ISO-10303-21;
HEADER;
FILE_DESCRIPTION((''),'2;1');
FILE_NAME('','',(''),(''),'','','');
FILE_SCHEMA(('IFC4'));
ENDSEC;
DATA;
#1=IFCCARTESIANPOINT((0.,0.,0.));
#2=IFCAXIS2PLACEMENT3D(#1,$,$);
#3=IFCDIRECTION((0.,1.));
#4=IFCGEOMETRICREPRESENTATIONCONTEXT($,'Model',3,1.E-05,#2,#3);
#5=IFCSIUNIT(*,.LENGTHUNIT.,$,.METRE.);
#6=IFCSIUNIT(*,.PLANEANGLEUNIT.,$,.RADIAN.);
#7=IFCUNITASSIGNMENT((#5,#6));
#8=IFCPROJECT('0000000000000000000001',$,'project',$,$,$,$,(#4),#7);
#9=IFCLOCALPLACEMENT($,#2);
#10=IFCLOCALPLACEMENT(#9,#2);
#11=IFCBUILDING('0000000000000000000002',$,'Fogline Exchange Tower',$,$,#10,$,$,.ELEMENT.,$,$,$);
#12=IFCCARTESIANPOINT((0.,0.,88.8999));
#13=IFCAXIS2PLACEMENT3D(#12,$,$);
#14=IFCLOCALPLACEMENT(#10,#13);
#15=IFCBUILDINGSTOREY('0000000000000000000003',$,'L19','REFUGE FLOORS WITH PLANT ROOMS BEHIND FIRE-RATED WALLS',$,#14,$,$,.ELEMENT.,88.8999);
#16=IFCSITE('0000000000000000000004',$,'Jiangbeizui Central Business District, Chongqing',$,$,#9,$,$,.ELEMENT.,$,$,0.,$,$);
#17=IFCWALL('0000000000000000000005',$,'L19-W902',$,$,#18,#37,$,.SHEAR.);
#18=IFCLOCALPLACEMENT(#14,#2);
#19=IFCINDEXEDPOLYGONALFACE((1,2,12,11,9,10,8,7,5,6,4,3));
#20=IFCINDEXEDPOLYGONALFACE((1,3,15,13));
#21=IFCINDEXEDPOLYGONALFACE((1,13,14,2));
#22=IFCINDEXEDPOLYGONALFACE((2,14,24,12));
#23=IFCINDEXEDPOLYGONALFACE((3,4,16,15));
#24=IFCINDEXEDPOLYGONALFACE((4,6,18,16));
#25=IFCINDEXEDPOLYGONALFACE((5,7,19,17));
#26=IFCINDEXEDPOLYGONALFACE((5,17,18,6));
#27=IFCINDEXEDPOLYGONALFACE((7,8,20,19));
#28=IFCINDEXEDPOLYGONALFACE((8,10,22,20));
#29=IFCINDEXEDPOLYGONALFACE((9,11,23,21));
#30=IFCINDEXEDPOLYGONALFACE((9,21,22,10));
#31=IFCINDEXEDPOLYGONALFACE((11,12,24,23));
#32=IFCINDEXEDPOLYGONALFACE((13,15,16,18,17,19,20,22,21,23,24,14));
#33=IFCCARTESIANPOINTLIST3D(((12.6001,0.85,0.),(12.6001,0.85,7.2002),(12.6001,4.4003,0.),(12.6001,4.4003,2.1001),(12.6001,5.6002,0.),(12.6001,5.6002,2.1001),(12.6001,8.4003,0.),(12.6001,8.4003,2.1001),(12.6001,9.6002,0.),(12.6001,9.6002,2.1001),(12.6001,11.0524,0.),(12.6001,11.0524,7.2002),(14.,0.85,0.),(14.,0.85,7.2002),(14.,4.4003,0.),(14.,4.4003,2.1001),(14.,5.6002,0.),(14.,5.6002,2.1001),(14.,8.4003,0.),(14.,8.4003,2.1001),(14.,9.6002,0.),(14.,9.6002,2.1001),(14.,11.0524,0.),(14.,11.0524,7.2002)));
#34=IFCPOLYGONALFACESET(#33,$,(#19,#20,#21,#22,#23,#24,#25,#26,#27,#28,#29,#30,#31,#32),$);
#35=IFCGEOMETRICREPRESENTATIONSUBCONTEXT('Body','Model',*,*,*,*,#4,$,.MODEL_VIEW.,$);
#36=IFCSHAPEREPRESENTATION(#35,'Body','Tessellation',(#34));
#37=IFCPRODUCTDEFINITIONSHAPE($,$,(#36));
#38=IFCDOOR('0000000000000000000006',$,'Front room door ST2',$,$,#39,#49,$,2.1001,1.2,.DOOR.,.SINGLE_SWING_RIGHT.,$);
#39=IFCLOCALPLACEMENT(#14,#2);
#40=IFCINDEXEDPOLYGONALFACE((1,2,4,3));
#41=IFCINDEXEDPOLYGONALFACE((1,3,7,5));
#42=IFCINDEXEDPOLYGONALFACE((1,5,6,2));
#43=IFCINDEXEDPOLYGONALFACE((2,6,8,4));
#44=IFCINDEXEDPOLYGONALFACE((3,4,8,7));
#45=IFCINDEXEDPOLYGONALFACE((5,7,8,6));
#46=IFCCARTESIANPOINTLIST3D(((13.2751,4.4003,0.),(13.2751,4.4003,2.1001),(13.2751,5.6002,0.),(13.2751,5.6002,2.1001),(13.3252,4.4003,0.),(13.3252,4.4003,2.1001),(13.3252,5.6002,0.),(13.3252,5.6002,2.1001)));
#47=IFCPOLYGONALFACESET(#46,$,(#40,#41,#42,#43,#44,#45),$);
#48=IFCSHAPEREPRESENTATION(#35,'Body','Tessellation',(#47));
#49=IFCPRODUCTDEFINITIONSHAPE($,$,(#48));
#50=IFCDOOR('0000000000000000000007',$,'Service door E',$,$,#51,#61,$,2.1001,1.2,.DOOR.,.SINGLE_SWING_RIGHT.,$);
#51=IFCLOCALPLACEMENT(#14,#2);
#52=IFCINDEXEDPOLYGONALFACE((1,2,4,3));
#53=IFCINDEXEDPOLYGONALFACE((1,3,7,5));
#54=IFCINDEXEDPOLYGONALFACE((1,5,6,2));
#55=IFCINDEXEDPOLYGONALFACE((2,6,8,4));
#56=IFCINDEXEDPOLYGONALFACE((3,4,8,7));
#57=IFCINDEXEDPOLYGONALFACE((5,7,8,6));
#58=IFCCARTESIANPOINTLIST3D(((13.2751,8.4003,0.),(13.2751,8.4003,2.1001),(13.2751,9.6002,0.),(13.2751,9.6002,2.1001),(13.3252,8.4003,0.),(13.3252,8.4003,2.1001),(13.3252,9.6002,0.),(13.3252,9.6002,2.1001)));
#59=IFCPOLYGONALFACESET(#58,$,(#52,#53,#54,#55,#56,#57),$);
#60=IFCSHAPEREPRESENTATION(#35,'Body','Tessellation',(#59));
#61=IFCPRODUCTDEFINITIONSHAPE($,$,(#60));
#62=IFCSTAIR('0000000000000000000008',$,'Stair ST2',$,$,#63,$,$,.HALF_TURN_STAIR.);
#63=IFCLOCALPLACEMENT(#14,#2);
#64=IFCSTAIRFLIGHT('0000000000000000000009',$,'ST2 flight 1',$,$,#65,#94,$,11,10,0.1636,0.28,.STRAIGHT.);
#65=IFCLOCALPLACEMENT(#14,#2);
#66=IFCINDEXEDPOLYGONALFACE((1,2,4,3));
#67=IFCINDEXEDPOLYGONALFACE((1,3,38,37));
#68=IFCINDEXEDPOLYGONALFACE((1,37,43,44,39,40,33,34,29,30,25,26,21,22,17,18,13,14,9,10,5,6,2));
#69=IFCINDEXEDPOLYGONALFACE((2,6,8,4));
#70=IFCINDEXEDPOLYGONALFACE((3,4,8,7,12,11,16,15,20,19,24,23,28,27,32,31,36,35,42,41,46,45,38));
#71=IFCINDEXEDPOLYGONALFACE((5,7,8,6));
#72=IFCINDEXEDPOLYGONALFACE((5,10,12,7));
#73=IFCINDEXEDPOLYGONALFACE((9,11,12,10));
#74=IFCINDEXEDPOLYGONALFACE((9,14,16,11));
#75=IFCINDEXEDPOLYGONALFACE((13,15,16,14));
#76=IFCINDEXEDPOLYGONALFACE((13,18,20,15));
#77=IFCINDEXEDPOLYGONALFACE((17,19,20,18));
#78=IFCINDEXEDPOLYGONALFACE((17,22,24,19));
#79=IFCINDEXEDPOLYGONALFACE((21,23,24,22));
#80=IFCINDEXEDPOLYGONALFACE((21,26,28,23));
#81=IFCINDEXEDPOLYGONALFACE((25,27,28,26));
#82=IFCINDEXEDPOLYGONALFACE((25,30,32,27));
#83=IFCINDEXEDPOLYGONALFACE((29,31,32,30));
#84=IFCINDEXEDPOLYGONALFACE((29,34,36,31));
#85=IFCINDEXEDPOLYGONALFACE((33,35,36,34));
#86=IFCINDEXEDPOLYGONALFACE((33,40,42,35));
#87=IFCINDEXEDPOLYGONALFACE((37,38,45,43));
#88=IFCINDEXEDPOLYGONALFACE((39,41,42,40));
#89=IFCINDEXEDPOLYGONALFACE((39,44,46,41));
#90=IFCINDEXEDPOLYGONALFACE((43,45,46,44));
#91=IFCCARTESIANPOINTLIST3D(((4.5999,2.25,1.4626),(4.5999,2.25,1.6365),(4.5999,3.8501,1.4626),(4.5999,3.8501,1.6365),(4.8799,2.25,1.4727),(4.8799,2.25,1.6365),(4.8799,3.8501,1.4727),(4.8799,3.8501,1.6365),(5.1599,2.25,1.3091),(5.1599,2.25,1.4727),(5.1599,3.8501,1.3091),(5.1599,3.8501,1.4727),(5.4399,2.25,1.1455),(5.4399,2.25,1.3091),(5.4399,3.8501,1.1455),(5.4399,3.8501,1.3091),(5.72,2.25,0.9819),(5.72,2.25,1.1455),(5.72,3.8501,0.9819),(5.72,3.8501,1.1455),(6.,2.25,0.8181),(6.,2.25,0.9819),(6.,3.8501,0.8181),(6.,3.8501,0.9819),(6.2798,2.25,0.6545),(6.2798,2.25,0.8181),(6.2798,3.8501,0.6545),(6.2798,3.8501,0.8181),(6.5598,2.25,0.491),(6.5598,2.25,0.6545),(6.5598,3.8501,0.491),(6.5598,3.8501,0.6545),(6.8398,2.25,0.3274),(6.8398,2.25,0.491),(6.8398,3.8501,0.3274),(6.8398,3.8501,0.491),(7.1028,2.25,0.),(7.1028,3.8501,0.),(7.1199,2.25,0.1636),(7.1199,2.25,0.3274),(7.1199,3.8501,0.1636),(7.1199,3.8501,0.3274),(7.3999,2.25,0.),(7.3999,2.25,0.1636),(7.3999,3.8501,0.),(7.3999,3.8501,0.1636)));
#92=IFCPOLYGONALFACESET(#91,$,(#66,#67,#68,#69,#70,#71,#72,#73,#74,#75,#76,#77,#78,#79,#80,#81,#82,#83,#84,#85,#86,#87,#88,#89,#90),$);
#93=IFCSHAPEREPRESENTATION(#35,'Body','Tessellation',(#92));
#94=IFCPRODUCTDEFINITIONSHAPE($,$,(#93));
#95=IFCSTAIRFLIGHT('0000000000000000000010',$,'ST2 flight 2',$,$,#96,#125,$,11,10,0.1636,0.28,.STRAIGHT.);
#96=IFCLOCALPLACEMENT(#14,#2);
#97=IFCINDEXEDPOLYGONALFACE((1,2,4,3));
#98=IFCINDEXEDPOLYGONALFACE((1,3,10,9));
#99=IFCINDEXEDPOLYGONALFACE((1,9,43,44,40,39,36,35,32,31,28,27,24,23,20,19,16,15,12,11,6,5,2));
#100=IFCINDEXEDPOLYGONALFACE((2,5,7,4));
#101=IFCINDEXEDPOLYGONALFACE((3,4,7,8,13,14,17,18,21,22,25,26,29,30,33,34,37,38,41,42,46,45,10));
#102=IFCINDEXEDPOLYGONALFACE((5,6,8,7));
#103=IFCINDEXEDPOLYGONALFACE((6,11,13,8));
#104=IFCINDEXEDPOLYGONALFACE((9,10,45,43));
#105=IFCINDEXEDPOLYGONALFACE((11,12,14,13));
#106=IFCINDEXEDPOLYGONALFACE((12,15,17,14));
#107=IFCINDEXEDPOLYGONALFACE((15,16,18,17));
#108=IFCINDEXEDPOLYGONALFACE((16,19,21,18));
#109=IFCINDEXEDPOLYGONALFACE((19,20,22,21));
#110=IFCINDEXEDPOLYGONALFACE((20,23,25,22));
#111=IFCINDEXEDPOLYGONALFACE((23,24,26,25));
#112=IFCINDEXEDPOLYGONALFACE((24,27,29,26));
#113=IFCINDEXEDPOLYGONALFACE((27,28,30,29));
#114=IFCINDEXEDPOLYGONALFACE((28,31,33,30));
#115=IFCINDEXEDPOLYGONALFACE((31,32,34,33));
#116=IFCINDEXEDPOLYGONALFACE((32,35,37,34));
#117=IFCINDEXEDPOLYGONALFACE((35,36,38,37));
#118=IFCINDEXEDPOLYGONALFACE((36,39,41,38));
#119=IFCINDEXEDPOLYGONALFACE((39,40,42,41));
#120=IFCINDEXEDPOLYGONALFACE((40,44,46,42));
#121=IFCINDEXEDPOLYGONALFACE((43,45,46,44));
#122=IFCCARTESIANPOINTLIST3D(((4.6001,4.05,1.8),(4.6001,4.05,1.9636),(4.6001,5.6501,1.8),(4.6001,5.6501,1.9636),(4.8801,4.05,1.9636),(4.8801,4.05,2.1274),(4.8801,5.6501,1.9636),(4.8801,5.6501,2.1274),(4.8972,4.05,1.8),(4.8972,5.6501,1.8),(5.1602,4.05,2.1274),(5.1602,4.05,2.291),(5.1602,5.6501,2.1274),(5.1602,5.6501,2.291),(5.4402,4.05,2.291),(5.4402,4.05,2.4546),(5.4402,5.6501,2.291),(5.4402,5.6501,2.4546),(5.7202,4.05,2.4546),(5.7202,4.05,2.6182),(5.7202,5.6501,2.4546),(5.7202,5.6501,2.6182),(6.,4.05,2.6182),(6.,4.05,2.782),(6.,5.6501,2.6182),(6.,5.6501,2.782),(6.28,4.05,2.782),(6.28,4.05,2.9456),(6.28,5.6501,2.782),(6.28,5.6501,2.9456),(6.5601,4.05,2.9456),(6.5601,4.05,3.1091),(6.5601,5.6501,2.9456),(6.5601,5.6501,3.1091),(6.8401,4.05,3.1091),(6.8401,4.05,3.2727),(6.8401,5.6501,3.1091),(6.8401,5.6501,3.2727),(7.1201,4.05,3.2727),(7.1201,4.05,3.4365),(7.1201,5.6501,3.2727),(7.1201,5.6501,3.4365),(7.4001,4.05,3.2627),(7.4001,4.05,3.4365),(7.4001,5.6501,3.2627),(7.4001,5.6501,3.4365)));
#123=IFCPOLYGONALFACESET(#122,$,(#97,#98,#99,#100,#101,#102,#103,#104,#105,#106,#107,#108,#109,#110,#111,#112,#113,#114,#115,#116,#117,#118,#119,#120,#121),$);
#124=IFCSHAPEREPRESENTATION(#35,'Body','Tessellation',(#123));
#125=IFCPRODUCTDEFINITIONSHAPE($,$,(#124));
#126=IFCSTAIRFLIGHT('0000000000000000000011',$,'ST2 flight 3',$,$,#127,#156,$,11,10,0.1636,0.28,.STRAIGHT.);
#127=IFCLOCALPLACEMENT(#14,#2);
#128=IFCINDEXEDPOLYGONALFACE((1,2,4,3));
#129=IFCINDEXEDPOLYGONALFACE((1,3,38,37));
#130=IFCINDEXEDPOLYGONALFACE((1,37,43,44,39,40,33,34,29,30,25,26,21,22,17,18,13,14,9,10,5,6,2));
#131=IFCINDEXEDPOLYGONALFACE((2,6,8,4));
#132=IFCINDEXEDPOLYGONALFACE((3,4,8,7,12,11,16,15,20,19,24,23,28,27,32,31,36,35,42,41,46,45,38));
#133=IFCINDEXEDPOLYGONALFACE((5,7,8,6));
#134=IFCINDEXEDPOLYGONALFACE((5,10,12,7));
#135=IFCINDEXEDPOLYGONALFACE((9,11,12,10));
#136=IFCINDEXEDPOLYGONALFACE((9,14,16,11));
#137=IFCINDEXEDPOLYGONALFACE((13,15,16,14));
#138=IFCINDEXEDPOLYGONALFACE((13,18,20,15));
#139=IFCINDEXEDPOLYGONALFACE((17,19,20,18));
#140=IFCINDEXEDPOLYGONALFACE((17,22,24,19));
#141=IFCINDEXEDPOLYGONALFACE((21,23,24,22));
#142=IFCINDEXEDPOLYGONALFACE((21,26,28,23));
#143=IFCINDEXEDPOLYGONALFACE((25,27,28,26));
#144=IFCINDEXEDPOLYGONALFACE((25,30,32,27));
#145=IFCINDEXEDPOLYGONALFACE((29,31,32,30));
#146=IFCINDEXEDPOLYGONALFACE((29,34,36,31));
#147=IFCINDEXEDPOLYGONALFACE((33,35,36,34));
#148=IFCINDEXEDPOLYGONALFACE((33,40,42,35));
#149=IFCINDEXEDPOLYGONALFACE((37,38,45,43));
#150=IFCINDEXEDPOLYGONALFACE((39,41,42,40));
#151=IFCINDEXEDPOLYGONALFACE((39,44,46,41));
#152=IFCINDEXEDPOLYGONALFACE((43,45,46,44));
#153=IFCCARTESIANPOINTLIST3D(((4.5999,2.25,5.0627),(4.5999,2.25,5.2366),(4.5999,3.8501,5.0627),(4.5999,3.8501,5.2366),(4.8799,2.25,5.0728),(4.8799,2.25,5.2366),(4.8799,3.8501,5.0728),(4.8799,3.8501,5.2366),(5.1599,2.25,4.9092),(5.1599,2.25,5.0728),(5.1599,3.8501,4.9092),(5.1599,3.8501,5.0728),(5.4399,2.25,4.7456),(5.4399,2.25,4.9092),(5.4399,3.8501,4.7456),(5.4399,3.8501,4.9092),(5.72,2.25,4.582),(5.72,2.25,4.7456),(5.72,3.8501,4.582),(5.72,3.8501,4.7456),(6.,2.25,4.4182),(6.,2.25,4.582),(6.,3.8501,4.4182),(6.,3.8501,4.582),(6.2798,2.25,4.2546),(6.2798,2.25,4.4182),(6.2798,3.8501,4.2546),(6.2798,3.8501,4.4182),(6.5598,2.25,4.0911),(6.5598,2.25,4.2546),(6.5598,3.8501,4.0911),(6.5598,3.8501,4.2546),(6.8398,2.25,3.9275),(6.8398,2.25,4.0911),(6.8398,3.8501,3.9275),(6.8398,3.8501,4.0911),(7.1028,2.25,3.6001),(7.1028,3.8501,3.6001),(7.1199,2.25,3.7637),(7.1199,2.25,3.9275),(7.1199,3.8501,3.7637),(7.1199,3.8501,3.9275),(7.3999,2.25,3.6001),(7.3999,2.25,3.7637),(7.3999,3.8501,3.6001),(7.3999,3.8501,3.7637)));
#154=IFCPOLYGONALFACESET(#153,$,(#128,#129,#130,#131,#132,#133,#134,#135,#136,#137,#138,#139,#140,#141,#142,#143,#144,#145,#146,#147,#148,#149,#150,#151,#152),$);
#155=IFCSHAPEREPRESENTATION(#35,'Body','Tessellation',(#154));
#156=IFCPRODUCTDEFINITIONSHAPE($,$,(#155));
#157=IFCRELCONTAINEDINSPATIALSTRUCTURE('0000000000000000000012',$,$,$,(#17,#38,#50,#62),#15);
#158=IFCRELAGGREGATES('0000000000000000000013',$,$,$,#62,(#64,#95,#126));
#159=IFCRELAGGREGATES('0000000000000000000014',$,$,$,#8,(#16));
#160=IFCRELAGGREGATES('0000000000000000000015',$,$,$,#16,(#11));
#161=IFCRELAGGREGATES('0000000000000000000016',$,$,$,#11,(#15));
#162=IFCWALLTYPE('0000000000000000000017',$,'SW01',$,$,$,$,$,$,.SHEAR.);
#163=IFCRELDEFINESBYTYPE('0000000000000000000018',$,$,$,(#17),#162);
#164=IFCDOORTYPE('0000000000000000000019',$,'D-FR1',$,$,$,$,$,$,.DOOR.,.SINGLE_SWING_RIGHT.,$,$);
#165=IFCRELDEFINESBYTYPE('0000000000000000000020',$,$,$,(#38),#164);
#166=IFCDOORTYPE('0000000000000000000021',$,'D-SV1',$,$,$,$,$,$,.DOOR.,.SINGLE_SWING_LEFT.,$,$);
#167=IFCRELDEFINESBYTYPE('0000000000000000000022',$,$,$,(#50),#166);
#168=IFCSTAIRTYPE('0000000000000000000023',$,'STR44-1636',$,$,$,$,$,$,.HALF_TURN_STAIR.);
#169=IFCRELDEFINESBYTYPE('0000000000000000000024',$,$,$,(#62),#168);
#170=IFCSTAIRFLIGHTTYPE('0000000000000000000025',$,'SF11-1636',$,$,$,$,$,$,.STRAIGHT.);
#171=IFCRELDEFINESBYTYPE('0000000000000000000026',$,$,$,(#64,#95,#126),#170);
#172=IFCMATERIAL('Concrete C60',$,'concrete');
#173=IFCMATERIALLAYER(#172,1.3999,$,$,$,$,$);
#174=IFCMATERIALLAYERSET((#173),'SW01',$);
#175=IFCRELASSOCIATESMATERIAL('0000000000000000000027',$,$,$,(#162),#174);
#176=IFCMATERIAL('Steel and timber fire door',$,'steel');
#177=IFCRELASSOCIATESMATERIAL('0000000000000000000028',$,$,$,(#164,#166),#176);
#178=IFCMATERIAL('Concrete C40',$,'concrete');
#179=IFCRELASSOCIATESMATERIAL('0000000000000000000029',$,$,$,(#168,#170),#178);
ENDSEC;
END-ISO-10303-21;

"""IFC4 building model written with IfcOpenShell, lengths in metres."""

from ifc_helpers import new_model, si_unit, direction, frame, frame_2d, origin, place, context, subcontext, project, spatial, polyline, rectangle, outline, extrude, material, layer, layer_set, type_object, element, fill, aggregate, save


model = new_model("IFC4")

# Units and contexts
model_context = context("Model", 3, precision=1e-05, world=origin(), true_north=direction((0.0, 1.0)))
body_context = subcontext(model_context, "Body", "Model", "MODEL_VIEW")
ifc_project = project(units=[si_unit("LENGTHUNIT", "METRE"), si_unit("PLANEANGLEUNIT", "RADIAN")], contexts=[model_context])

# Site, building, storey
site_placement = place(None, origin())
site = spatial("IfcSite", under=ifc_project, at=site_placement, Name="Jiangbeizui Central Business District, Chongqing", CompositionType="ELEMENT", RefElevation=0.0)
building_placement = place(site_placement, origin())
building = spatial("IfcBuilding", under=site, at=building_placement, Name="Fogline Exchange Tower", CompositionType="ELEMENT")
storey_placement = place(building_placement, frame((0.0, 0.0, 88.8999)))
storey = spatial("IfcBuildingStorey", under=building, at=storey_placement, Name="L19", Description="REFUGE FLOORS WITH PLANT ROOMS BEHIND FIRE-RATED WALLS", CompositionType="ELEMENT", Elevation=88.8999)

# Shared definitions
ifc_material_1 = material(Name="Steel and timber fire door", Category="steel")

# Shared definitions
ifc_material_2 = material(Name="Concrete C60", Category="concrete")
ifc_material_3 = material(Name="Concrete C40", Category="concrete")

# Wall, openings, doors
ifc_layer_1 = layer(ifc_material_2, 1.3999)
ifc_layer_set_1 = layer_set([ifc_layer_1], Name="SW01")
wall_type_1 = type_object("IfcWallType", Name="SW01", PredefinedType="SHEAR", material=ifc_layer_set_1)
wall_1_placement = place(storey_placement, frame((13.3, 0.8501, 0.0), z_axis=(0.0, 0.0, 1.0), x_axis=(0.0, 1.0, 0.0)))
wall_1 = element("IfcWall", 1, at=wall_1_placement, inside=storey, type_object=wall_type_1, Name="L19-W902", PredefinedType="SHEAR", context=body_context, shape_type="SweptSolid", body=[
    extrude(rectangle(XDim=10.2024, YDim=1.3999, at=frame_2d((5.1011, 0.0))), origin(), (0.0, 0.0, 1.0), 7.2002),
])
opening_1_placement = place(wall_1_placement, frame((3.55, 0.0, 0.0)))
opening_1 = element("IfcOpeningElement", 2, at=opening_1_placement, cuts=wall_1, PredefinedType="OPENING", context=body_context, shape_type="SweptSolid", body=[
    extrude(rectangle(XDim=1.2, YDim=2.1001, at=frame_2d((0.6001, 1.05))), frame((0.0, 0.71, 0.0), z_axis=(0.0, -1.0, 0.0), x_axis=(1.0, 0.0, 0.0)), (0.0, 0.0, 1.0), 1.4199),
])
opening_2_placement = place(wall_1_placement, frame((7.55, 0.0, 0.0)))
opening_2 = element("IfcOpeningElement", 3, at=opening_2_placement, cuts=wall_1, PredefinedType="OPENING", context=body_context, shape_type="SweptSolid", body=[
    extrude(rectangle(XDim=1.2, YDim=2.1001, at=frame_2d((0.6001, 1.05))), frame((0.0, 0.71, 0.0), z_axis=(0.0, -1.0, 0.0), x_axis=(1.0, 0.0, 0.0)), (0.0, 0.0, 1.0), 1.4199),
])
door_type_1 = type_object("IfcDoorType", Name="D-FR1", OperationType="SINGLE_SWING_RIGHT", PredefinedType="DOOR", material=ifc_material_1)
door_1_placement = place(opening_1_placement, origin())
door_1 = element("IfcDoor", 4, at=door_1_placement, inside=storey, type_object=door_type_1, Name="Front room door ST2", OperationType="SINGLE_SWING_RIGHT", OverallHeight=2.1001, OverallWidth=1.2, PredefinedType="DOOR", context=body_context, shape_type="SweptSolid", body=[
    extrude(rectangle(XDim=1.2, YDim=2.1001, at=frame_2d((0.6001, 1.05))), frame((0.0, 0.0249, 0.0), z_axis=(0.0, -1.0, 0.0), x_axis=(1.0, 0.0, 0.0)), (0.0, 0.0, 1.0), 0.05),
])
fill(opening_1, door_1)
door_type_2 = type_object("IfcDoorType", Name="D-SV1", OperationType="SINGLE_SWING_LEFT", PredefinedType="DOOR", material=ifc_material_1)
door_2_placement = place(opening_2_placement, origin())
door_2 = element("IfcDoor", 5, at=door_2_placement, inside=storey, type_object=door_type_2, Name="Service door E", OperationType="SINGLE_SWING_RIGHT", OverallHeight=2.1001, OverallWidth=1.2, PredefinedType="DOOR", context=body_context, shape_type="SweptSolid", body=[
    extrude(rectangle(XDim=1.2, YDim=2.1001, at=frame_2d((0.6001, 1.05))), frame((0.0, 0.0249, 0.0), z_axis=(0.0, -1.0, 0.0), x_axis=(1.0, 0.0, 0.0)), (0.0, 0.0, 1.0), 0.05),
])
fill(opening_2, door_2)

# Stair, stair flights
stair_type = type_object("IfcStairType", Name="STR44-1636", PredefinedType="HALF_TURN_STAIR", material=ifc_material_3)
stair_placement = place(storey_placement, origin())
stair = element("IfcStair", 6, at=stair_placement, inside=storey, type_object=stair_type, Name="Stair ST2", PredefinedType="HALF_TURN_STAIR")
stair_flight_type = type_object("IfcStairFlightType", Name="SF11-1636", PredefinedType="STRAIGHT", material=ifc_material_3)
stair_flight_1_placement = place(storey_placement, frame((7.3999, 3.05, 0.0), z_axis=(0.0, 0.0, 1.0), x_axis=(-1.0, 0.0, 0.0)))
stair_flight_1 = element("IfcStairFlight", 7, at=stair_flight_1_placement, type_object=stair_flight_type, Name="ST2 flight 1", NumberOfRisers=11, NumberOfTreads=10, PredefinedType="STRAIGHT", RiserHeight=0.1636, TreadLength=0.28, context=body_context, shape_type="SweptSolid", body=[
    extrude(outline(polyline([(0.0, 0.0), (0.0, 0.1636), (0.28, 0.1636), (0.28, 0.3274), (0.5601, 0.3274), (0.5601, 0.491), (0.8401, 0.491), (0.8401, 0.6545), (1.1201, 0.6545), (1.1201, 0.8181), (1.3999, 0.8181), (1.3999, 0.9819), (1.6799, 0.9819), (1.6799, 1.1455), (1.96, 1.1455), (1.96, 1.3091), (2.24, 1.3091), (2.24, 1.4727), (2.52, 1.4727), (2.52, 1.6365), (2.8, 1.6365), (2.8, 1.8), (2.8, 1.4626), (0.2971, 0.0), (0.0, 0.0)])), frame((0.0, 0.8, 0.0), z_axis=(0.0, -1.0, 0.0), x_axis=(1.0, 0.0, 0.0)), (0.0, 0.0, 1.0), 1.6001),
])
stair_flight_2_placement = place(storey_placement, frame((4.6001, 4.8501, 1.8), z_axis=(0.0, 0.0, 1.0), x_axis=(1.0, 0.0, 0.0)))
stair_flight_2 = element("IfcStairFlight", 8, at=stair_flight_2_placement, type_object=stair_flight_type, Name="ST2 flight 2", NumberOfRisers=11, NumberOfTreads=10, PredefinedType="STRAIGHT", RiserHeight=0.1636, TreadLength=0.28, context=body_context, shape_type="SweptSolid", body=[
    extrude(outline(polyline([(0.0, 0.0), (0.0, 0.1636), (0.28, 0.1636), (0.28, 0.3274), (0.5601, 0.3274), (0.5601, 0.491), (0.8401, 0.491), (0.8401, 0.6545), (1.1201, 0.6545), (1.1201, 0.8181), (1.3999, 0.8181), (1.3999, 0.9819), (1.6799, 0.9819), (1.6799, 1.1455), (1.96, 1.1455), (1.96, 1.3091), (2.24, 1.3091), (2.24, 1.4727), (2.52, 1.4727), (2.52, 1.6365), (2.8, 1.6365), (2.8, 1.8), (2.8, 1.4626), (0.2971, 0.0), (0.0, 0.0)])), frame((0.0, 0.8, 0.0), z_axis=(0.0, -1.0, 0.0), x_axis=(1.0, 0.0, 0.0)), (0.0, 0.0, 1.0), 1.6001),
])
stair_flight_3_placement = place(storey_placement, frame((7.3999, 3.05, 3.6001), z_axis=(0.0, 0.0, 1.0), x_axis=(-1.0, 0.0, 0.0)))
stair_flight_3 = element("IfcStairFlight", 9, at=stair_flight_3_placement, type_object=stair_flight_type, Name="ST2 flight 3", NumberOfRisers=11, NumberOfTreads=10, PredefinedType="STRAIGHT", RiserHeight=0.1636, TreadLength=0.28, context=body_context, shape_type="SweptSolid", body=[
    extrude(outline(polyline([(0.0, 0.0), (0.0, 0.1636), (0.28, 0.1636), (0.28, 0.3274), (0.5601, 0.3274), (0.5601, 0.491), (0.8401, 0.491), (0.8401, 0.6545), (1.1201, 0.6545), (1.1201, 0.8181), (1.3999, 0.8181), (1.3999, 0.9819), (1.6799, 0.9819), (1.6799, 1.1455), (1.96, 1.1455), (1.96, 1.3091), (2.24, 1.3091), (2.24, 1.4727), (2.52, 1.4727), (2.52, 1.6365), (2.8, 1.6365), (2.8, 1.8), (2.8, 1.4626), (0.2971, 0.0), (0.0, 0.0)])), frame((0.0, 0.8, 0.0), z_axis=(0.0, -1.0, 0.0), x_axis=(1.0, 0.0, 0.0)), (0.0, 0.0, 1.0), 1.6001),
])
aggregate(stair, [stair_flight_1, stair_flight_2, stair_flight_3])

save(model, "model.ifc")
